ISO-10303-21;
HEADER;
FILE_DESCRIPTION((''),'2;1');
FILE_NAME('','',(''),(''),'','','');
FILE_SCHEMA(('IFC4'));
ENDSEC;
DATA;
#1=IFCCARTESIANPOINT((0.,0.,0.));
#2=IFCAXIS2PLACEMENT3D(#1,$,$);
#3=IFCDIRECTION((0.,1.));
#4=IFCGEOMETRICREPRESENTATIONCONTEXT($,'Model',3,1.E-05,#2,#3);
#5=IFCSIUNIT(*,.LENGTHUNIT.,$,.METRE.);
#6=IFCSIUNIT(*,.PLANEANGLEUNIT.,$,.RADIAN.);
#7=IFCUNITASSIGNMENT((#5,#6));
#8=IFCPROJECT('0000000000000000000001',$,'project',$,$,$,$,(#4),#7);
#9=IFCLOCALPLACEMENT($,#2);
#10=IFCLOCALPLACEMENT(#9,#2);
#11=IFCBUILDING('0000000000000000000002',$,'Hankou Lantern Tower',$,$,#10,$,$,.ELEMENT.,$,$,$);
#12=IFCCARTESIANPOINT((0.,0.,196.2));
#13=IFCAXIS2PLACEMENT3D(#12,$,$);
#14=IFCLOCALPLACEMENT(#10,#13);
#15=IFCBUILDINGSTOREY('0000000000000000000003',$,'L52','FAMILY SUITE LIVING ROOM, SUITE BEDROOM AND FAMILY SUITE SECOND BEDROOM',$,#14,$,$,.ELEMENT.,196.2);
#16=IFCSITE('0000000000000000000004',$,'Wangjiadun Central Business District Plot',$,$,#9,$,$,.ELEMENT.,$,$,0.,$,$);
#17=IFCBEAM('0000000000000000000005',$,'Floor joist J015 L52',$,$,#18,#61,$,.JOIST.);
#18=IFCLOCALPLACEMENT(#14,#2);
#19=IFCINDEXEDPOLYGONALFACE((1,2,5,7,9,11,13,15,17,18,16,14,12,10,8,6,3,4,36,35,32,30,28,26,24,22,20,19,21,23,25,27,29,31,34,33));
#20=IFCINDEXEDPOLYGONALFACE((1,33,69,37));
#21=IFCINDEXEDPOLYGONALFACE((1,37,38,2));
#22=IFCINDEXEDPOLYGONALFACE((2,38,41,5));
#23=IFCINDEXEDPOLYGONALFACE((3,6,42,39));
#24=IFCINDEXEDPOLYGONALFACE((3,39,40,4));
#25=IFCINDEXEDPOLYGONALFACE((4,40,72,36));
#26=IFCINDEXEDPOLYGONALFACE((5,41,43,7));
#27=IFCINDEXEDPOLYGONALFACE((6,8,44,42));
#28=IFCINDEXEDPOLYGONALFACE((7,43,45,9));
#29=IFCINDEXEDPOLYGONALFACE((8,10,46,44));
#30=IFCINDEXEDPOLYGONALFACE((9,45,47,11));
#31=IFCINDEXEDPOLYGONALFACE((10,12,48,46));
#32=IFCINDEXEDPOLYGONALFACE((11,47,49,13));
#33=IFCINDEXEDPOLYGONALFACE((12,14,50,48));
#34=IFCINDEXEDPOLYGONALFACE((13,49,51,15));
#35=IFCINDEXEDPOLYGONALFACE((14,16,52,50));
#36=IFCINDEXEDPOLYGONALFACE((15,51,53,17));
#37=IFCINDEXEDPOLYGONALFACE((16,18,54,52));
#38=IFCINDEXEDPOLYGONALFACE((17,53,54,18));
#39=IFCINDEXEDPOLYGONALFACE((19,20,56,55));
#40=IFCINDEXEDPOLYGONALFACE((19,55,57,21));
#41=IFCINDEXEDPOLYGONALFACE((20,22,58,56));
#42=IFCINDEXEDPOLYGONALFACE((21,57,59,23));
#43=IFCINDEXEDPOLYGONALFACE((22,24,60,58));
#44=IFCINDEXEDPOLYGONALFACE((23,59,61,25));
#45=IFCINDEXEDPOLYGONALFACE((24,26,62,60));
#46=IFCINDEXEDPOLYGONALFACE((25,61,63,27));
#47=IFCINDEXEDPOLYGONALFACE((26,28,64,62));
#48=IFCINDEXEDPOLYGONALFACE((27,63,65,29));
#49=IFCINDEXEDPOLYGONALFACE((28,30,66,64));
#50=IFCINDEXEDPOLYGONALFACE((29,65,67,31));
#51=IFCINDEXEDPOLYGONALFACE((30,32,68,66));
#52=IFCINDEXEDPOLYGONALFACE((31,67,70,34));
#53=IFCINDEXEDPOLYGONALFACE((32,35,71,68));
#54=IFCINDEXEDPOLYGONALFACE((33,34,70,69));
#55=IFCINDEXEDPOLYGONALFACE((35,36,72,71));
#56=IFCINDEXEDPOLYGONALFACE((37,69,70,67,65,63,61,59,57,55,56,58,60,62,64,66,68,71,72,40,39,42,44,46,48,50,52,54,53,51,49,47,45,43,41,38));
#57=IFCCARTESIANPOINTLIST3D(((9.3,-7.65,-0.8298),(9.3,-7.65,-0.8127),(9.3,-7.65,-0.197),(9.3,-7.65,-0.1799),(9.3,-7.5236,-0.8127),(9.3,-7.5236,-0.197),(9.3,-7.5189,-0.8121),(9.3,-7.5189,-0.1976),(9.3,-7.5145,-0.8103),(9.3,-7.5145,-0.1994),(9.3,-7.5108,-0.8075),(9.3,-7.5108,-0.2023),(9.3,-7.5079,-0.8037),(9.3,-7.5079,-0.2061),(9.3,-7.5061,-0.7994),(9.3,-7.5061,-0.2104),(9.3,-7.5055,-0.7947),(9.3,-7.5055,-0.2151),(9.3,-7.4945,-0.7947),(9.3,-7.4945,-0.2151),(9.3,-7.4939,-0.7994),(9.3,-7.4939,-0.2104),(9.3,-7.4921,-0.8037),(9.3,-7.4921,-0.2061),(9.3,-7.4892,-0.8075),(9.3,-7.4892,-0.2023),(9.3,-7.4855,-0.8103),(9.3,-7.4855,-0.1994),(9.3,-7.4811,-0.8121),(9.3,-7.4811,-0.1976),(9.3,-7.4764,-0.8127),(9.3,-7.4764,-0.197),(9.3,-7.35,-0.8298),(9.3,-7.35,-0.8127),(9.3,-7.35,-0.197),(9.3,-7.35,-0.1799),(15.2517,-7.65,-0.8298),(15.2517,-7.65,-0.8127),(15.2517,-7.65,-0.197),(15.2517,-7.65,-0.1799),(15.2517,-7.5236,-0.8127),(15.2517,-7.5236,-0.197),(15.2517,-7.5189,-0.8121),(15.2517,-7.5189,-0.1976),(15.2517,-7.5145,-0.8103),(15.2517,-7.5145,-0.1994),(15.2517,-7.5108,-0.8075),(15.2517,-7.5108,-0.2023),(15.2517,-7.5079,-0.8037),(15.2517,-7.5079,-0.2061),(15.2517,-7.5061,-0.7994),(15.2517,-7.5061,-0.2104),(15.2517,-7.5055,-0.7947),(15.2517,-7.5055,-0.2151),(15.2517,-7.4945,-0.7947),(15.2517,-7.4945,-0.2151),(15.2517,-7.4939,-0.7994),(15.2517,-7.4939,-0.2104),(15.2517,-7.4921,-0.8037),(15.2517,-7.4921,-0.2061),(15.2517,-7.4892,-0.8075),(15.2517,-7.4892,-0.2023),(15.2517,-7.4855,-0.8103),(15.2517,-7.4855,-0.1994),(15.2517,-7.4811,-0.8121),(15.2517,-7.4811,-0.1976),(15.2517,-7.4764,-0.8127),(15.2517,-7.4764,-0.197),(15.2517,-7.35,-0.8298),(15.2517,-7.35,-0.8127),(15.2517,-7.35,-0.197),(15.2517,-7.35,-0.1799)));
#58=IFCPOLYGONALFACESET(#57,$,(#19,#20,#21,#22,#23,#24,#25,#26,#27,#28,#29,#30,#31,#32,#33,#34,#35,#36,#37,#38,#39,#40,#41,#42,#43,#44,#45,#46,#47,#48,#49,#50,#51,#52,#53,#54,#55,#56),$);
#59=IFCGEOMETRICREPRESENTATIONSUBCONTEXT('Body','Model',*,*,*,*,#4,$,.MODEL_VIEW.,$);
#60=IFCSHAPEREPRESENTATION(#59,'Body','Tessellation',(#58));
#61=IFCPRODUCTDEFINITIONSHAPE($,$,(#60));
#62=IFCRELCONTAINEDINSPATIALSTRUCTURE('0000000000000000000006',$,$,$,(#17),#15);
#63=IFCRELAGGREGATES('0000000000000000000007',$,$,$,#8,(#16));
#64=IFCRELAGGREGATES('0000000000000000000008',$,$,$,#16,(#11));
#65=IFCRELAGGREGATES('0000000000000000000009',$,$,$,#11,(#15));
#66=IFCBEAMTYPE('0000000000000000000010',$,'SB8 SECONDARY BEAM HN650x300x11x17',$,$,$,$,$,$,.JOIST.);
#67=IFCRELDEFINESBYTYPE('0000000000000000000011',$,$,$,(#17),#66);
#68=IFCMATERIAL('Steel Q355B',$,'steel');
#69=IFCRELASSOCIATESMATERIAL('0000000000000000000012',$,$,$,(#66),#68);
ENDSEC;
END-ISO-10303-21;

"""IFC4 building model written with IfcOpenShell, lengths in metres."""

from ifc_helpers import new_model, si_unit, direction, frame, origin, origin_2d, place, context, subcontext, project, spatial, i_section, extrude, material, material_profile, profile_set, type_object, element, save


model = new_model("IFC4")

# Units and contexts
model_context = context("Model", 3, precision=1e-05, world=origin(), true_north=direction((0.0, 1.0)))
body_context = subcontext(model_context, "Body", "Model", "MODEL_VIEW")
ifc_project = project(units=[si_unit("LENGTHUNIT", "METRE"), si_unit("PLANEANGLEUNIT", "RADIAN")], contexts=[model_context])

# Site, building, storey
site_placement = place(None, origin())
site = spatial("IfcSite", under=ifc_project, at=site_placement, Name="Wangjiadun Central Business District Plot", CompositionType="ELEMENT", RefElevation=0.0)
building_placement = place(site_placement, origin())
building = spatial("IfcBuilding", under=site, at=building_placement, Name="Hankou Lantern Tower", CompositionType="ELEMENT")
storey_placement = place(building_placement, frame((0.0, 0.0, 196.2)))
storey = spatial("IfcBuildingStorey", under=building, at=storey_placement, Name="L52", Description="FAMILY SUITE LIVING ROOM, SUITE BEDROOM AND FAMILY SUITE SECOND BEDROOM", CompositionType="ELEMENT", Elevation=196.2)

# Beam
ifc_material_1 = material(Name="Steel Q355B", Category="steel")
ifc_material_profile_1 = material_profile(ifc_material_1, i_section(OverallWidth=0.3, OverallDepth=0.6499, WebThickness=0.011, FlangeThickness=0.0171, FilletRadius=0.0181, at=origin_2d()), Name="HN650x300x11x17")
ifc_profile_set_1 = profile_set([ifc_material_profile_1], Name="Steel Q355B")
beam_type_1 = type_object("IfcBeamType", Name="SB8 SECONDARY BEAM HN650x300x11x17", PredefinedType="JOIST", material=ifc_profile_set_1)
beam_1_placement = place(storey_placement, frame((9.3, -7.5, -0.5049), z_axis=(1.0, 0.0, 0.0), x_axis=(0.0, 1.0, 0.0)))
element("IfcBeam", 1, at=beam_1_placement, inside=storey, type_object=beam_type_1, Name="Floor joist J015 L52", PredefinedType="JOIST", context=body_context, shape_type="SweptSolid", body=[
    extrude(i_section(OverallWidth=0.3, OverallDepth=0.6499, WebThickness=0.011, FlangeThickness=0.0171, FilletRadius=0.0181, at=origin_2d()), origin(), (0.0, 0.0, 1.0), 5.9517),
])

save(model, "model.ifc")
